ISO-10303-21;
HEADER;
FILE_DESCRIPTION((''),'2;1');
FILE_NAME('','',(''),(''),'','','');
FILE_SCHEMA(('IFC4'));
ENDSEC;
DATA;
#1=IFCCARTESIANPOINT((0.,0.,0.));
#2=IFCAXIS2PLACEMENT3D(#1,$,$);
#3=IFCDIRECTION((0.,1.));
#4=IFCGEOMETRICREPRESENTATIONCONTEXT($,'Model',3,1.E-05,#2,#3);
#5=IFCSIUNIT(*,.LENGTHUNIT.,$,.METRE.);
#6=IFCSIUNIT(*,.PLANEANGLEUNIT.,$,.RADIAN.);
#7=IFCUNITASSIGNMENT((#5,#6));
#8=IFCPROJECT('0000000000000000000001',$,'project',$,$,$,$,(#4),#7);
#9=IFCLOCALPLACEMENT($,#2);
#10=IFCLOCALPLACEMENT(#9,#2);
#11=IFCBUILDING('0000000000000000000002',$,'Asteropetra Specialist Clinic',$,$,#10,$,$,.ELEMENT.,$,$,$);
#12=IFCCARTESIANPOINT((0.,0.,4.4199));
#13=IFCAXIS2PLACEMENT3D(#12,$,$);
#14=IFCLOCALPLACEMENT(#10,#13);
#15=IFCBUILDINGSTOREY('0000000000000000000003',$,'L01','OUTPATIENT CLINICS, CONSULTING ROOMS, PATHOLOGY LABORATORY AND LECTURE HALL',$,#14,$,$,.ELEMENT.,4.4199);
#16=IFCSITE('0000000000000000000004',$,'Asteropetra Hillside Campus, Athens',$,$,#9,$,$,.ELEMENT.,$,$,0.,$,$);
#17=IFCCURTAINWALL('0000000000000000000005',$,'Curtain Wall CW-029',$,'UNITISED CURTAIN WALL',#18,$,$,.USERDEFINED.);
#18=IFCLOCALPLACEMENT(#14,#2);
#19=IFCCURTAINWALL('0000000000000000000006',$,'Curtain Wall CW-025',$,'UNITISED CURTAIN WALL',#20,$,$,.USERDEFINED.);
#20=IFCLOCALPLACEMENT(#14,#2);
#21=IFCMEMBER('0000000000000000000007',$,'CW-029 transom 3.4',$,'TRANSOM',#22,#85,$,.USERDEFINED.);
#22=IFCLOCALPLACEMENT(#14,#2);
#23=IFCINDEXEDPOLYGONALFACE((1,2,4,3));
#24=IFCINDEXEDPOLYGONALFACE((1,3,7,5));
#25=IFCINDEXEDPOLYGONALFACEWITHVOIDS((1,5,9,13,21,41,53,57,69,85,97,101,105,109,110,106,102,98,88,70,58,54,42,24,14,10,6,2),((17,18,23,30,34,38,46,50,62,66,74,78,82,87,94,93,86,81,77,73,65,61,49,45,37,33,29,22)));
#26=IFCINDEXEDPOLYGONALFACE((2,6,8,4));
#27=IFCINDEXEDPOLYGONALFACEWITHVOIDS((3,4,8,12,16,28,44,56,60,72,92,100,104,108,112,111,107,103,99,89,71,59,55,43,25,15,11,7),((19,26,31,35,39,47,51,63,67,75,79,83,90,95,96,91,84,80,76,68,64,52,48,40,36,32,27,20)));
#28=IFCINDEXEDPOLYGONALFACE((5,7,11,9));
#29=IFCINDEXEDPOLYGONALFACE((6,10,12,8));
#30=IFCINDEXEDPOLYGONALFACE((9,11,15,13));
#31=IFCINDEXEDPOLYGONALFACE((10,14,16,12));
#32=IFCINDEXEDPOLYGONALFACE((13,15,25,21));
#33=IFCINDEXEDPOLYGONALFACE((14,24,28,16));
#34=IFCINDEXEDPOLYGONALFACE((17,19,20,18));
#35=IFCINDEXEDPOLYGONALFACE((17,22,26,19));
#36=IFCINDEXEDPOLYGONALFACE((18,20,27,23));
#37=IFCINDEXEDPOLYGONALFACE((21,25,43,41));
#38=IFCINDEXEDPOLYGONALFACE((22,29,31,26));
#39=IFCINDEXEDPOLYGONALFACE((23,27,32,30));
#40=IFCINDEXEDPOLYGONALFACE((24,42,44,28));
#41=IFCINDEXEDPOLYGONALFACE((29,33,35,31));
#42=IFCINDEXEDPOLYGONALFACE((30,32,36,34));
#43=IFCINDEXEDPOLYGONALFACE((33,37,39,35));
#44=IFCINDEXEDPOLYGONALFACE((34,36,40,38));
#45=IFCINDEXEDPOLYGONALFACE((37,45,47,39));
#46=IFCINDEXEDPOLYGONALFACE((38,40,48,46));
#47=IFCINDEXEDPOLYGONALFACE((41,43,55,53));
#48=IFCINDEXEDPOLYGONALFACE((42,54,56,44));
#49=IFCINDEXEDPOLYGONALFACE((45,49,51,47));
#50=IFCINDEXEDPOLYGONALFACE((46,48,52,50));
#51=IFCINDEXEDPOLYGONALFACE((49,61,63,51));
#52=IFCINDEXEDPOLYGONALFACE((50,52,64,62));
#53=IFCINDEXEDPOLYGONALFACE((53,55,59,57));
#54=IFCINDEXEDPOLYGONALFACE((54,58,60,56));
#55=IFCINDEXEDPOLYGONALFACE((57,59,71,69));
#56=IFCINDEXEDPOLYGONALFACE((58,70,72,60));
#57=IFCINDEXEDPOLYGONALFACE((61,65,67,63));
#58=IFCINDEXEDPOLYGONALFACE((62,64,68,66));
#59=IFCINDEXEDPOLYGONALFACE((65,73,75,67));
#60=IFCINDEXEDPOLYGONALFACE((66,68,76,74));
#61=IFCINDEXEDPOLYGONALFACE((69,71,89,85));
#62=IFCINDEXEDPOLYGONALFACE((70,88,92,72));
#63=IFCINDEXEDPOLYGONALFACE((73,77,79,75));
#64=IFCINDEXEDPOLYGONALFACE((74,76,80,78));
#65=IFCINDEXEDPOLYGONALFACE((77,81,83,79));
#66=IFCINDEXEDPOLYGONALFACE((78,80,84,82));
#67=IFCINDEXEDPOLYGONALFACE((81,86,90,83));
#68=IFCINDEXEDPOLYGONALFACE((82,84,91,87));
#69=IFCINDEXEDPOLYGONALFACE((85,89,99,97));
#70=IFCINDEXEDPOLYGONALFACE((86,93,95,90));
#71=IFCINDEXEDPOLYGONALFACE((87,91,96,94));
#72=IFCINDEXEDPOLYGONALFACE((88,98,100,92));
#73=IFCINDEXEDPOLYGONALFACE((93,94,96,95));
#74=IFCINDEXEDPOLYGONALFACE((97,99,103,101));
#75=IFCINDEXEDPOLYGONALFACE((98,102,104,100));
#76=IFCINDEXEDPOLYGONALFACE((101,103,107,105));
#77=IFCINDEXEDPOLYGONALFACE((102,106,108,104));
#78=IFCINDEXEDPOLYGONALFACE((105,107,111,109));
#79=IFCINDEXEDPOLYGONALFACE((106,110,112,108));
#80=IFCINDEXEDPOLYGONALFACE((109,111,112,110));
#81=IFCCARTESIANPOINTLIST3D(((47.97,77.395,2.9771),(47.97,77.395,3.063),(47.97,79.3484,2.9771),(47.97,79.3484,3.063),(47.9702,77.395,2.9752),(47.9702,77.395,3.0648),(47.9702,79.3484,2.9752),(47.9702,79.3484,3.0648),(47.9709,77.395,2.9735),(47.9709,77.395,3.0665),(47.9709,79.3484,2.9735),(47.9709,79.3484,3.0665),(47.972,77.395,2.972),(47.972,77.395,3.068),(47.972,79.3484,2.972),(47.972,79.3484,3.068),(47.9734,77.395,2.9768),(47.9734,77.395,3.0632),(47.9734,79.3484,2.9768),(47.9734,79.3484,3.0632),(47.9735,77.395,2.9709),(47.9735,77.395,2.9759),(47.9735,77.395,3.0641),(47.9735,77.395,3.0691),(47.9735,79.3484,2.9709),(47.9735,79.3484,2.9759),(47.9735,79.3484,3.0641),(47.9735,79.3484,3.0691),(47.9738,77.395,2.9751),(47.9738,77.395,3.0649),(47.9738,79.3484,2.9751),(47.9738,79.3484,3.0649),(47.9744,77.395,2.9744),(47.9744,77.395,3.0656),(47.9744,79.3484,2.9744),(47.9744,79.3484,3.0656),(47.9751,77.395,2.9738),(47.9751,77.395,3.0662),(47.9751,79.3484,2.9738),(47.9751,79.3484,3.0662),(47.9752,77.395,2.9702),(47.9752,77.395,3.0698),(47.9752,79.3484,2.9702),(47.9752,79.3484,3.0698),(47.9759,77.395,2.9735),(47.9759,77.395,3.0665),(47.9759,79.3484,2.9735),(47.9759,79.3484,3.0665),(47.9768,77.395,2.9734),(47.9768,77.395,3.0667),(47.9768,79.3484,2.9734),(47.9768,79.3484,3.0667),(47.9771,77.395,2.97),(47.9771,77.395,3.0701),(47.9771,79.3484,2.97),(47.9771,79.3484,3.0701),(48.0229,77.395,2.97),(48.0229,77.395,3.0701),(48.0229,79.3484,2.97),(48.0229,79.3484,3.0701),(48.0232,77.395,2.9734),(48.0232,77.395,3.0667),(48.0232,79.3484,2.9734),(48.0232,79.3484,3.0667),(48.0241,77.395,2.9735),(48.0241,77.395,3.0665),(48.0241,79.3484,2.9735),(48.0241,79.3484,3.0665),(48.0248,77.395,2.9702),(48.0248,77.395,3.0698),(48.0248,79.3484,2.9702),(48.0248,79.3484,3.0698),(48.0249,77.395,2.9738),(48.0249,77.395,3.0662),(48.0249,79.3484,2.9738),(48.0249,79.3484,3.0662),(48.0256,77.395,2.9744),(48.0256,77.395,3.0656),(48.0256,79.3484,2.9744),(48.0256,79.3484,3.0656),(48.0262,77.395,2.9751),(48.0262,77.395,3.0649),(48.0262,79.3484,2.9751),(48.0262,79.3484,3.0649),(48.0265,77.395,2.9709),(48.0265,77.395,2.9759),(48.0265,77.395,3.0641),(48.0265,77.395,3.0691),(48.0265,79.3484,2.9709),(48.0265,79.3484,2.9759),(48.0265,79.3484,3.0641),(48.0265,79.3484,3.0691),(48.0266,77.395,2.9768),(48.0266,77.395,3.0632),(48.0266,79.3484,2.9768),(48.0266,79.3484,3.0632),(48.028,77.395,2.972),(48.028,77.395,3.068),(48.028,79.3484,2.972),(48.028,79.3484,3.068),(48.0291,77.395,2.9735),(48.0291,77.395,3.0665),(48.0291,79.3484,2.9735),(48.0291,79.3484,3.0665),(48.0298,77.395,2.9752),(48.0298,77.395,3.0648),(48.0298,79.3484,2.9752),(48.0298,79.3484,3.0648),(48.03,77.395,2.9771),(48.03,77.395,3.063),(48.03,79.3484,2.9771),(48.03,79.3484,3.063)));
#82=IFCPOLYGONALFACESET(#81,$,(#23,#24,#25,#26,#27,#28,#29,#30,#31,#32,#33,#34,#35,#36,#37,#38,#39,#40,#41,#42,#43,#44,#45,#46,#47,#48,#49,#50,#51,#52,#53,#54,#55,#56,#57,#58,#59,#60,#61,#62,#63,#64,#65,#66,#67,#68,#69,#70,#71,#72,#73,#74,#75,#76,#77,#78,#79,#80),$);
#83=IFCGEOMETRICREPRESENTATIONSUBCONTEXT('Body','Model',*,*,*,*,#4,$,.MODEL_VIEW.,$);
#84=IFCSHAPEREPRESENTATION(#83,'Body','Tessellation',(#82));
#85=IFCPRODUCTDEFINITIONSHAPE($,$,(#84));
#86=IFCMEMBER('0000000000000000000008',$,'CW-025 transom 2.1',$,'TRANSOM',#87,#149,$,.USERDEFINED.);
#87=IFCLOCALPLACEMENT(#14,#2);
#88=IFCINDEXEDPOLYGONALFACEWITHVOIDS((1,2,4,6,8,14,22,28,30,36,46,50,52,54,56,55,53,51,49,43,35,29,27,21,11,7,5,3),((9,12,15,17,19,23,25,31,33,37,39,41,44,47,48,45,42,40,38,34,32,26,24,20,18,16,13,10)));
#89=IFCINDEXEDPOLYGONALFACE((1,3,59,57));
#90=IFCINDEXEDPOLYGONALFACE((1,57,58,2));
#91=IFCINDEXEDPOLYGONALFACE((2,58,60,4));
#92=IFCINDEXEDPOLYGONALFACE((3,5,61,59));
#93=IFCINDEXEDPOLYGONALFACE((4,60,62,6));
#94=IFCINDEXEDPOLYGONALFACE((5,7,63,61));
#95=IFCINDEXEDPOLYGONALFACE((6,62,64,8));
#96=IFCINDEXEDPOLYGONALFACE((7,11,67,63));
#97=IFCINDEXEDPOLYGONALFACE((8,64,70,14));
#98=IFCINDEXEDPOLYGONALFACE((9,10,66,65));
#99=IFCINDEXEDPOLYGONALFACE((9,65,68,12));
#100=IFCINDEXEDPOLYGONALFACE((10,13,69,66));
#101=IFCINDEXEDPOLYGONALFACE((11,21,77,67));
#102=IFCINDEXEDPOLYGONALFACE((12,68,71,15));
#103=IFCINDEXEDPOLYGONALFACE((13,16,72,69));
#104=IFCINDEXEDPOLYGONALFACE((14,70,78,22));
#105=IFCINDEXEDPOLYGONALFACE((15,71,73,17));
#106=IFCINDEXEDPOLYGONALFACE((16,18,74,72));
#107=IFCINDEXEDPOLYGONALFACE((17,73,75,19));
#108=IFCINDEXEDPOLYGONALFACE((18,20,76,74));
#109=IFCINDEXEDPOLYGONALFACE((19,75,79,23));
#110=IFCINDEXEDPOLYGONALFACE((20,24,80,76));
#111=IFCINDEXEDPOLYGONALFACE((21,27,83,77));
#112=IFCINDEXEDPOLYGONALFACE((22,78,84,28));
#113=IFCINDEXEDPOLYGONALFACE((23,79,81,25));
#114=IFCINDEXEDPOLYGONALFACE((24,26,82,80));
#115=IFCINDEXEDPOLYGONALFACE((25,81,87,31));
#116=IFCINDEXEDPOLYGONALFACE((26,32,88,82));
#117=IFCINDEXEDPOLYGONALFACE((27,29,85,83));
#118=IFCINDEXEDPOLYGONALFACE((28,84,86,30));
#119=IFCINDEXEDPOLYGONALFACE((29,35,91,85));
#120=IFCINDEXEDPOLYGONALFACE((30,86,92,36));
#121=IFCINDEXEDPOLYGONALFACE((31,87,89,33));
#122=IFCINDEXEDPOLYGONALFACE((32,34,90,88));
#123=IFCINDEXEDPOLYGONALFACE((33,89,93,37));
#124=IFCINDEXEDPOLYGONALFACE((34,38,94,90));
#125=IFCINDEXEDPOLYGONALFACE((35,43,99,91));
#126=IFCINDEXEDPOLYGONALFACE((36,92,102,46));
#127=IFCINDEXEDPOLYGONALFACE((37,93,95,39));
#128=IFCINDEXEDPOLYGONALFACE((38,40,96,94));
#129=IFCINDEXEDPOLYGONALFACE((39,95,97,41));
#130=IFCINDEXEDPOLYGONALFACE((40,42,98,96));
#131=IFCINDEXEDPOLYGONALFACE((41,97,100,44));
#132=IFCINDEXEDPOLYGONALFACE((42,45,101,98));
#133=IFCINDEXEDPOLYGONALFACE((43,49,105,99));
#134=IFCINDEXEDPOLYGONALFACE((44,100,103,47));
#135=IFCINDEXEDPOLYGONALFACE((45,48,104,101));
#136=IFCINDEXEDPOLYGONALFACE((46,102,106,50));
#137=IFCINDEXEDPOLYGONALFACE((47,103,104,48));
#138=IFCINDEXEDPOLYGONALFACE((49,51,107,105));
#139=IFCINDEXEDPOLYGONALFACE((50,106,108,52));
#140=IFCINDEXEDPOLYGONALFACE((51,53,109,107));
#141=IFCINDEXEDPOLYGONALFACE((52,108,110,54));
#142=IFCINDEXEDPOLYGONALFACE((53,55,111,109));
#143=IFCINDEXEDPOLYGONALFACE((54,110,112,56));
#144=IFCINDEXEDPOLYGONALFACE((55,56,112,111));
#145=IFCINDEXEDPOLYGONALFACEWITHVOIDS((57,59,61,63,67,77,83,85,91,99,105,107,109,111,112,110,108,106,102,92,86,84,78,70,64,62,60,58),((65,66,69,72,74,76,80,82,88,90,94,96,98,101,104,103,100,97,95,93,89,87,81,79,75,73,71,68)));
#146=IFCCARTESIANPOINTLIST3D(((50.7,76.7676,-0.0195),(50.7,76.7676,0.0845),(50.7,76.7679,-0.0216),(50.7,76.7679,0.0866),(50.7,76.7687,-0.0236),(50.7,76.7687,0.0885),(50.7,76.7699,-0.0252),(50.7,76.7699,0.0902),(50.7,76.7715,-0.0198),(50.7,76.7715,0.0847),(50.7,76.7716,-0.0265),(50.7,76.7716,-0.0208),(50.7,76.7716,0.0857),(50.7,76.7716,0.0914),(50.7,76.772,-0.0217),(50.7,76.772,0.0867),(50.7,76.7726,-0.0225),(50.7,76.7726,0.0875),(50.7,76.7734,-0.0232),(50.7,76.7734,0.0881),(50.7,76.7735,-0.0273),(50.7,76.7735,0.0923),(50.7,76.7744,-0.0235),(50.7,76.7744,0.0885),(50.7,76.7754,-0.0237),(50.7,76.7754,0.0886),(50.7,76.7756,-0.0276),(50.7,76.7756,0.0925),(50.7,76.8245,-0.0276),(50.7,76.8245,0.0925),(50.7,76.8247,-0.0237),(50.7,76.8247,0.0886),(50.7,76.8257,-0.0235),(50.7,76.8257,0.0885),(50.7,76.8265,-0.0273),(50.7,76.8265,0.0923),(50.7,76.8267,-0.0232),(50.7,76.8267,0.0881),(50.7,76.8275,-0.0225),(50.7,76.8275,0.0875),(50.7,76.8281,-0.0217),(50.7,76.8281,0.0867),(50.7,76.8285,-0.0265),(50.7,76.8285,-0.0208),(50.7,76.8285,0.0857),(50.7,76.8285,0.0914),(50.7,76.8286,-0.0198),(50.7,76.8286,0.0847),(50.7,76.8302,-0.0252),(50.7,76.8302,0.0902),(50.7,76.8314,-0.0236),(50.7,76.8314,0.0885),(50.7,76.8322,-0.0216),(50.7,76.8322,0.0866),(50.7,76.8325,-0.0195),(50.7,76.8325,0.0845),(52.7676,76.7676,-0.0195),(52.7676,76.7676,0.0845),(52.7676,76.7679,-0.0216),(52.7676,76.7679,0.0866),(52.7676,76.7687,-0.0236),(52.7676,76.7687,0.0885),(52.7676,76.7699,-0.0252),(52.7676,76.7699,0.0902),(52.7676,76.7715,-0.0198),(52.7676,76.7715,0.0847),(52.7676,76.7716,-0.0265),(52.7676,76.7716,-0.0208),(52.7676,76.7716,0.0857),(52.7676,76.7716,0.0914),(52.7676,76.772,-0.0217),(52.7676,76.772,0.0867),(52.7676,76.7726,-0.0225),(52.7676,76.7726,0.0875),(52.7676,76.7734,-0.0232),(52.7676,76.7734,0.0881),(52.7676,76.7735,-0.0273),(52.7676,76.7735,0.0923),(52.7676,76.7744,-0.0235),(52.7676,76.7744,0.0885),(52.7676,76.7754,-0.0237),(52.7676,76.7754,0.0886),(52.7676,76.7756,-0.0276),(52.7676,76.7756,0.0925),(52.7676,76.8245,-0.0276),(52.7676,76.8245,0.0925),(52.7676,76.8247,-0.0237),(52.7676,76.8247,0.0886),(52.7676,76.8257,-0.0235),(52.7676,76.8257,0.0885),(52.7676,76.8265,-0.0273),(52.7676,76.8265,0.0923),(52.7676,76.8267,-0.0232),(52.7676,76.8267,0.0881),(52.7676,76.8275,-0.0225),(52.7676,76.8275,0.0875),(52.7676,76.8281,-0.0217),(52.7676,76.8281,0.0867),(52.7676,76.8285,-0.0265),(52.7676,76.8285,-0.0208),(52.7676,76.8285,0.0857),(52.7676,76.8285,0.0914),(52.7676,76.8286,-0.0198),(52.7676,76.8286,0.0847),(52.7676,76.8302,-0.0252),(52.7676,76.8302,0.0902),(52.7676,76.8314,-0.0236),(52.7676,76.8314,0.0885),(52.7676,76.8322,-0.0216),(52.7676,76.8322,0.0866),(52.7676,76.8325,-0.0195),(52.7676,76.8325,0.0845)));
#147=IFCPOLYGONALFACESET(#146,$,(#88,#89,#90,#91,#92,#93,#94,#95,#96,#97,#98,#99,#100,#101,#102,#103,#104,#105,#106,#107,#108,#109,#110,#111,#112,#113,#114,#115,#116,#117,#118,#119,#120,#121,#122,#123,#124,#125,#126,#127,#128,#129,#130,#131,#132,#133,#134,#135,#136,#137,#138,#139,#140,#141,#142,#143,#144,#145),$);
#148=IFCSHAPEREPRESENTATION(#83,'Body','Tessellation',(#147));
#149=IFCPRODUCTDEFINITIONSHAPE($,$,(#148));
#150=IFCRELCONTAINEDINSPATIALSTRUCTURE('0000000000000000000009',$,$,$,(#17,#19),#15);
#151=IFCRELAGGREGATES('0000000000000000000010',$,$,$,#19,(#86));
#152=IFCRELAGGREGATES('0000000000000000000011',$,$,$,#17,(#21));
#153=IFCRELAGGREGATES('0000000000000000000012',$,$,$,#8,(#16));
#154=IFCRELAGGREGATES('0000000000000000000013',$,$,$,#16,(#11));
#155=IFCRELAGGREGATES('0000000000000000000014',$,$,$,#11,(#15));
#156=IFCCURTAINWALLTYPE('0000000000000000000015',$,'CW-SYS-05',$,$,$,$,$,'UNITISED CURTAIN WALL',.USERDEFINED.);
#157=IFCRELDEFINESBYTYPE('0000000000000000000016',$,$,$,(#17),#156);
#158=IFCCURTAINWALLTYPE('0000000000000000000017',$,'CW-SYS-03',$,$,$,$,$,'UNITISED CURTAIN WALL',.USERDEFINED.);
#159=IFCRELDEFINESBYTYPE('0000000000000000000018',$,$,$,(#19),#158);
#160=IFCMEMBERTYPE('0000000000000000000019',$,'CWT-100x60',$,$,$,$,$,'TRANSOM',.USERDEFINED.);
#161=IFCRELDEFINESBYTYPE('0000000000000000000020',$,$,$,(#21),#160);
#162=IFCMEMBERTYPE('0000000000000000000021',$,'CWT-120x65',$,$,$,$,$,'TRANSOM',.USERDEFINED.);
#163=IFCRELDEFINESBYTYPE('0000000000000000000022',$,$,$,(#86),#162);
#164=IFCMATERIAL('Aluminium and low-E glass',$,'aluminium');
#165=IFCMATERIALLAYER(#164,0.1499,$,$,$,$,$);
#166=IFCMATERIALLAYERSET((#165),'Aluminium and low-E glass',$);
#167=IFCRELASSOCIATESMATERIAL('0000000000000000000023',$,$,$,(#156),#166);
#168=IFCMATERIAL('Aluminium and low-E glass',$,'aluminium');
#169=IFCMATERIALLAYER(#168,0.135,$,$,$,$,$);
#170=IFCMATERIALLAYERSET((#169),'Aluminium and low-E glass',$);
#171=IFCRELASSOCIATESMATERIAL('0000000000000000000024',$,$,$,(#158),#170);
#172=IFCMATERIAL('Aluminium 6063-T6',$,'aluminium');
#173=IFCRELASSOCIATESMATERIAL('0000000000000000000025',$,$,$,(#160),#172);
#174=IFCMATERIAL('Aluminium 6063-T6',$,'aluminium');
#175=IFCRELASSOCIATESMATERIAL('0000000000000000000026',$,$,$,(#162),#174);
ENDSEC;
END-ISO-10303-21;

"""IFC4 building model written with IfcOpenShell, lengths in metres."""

from ifc_helpers import new_model, si_unit, direction, frame, origin, origin_2d, place, context, subcontext, project, spatial, hollow_rectangle, extrude, material, layer, layer_set, material_profile, profile_set, type_object, element, aggregate, save


model = new_model("IFC4")

# Units and contexts
model_context = context("Model", 3, precision=1e-05, world=origin(), true_north=direction((0.0, 1.0)))
body_context = subcontext(model_context, "Body", "Model", "MODEL_VIEW")
ifc_project = project(units=[si_unit("LENGTHUNIT", "METRE"), si_unit("PLANEANGLEUNIT", "RADIAN")], contexts=[model_context])

# Site, building, storey
site_placement = place(None, origin())
site = spatial("IfcSite", under=ifc_project, at=site_placement, Name="Asteropetra Hillside Campus, Athens", CompositionType="ELEMENT", RefElevation=0.0)
building_placement = place(site_placement, origin())
building = spatial("IfcBuilding", under=site, at=building_placement, Name="Asteropetra Specialist Clinic", CompositionType="ELEMENT")
storey_placement = place(building_placement, frame((0.0, 0.0, 4.4199)))
storey = spatial("IfcBuildingStorey", under=building, at=storey_placement, Name="L01", Description="OUTPATIENT CLINICS, CONSULTING ROOMS, PATHOLOGY LABORATORY AND LECTURE HALL", CompositionType="ELEMENT", Elevation=4.4199)

# Curtain wall
ifc_material_1 = material(Name="Aluminium and low-E glass", Category="aluminium")
ifc_layer_1 = layer(ifc_material_1, 0.1499)
ifc_layer_set_1 = layer_set([ifc_layer_1], Name="Aluminium and low-E glass")
curtain_wall_type_1 = type_object("IfcCurtainWallType", Name="CW-SYS-05", ElementType="UNITISED CURTAIN WALL", PredefinedType="USERDEFINED", material=ifc_layer_set_1)
curtain_wall_1_placement = place(storey_placement, origin())
curtain_wall_1 = element("IfcCurtainWall", 1, at=curtain_wall_1_placement, inside=storey, type_object=curtain_wall_type_1, Name="Curtain Wall CW-029", ObjectType="UNITISED CURTAIN WALL", PredefinedType="USERDEFINED")

# Curtain wall
ifc_material_2 = material(Name="Aluminium and low-E glass", Category="aluminium")
ifc_layer_2 = layer(ifc_material_2, 0.135)
ifc_layer_set_2 = layer_set([ifc_layer_2], Name="Aluminium and low-E glass")
curtain_wall_type_2 = type_object("IfcCurtainWallType", Name="CW-SYS-03", ElementType="UNITISED CURTAIN WALL", PredefinedType="USERDEFINED", material=ifc_layer_set_2)
curtain_wall_2_placement = place(storey_placement, origin())
curtain_wall_2 = element("IfcCurtainWall", 2, at=curtain_wall_2_placement, inside=storey, type_object=curtain_wall_type_2, Name="Curtain Wall CW-025", ObjectType="UNITISED CURTAIN WALL", PredefinedType="USERDEFINED")

# Members
ifc_material_3 = material(Name="Aluminium 6063-T6", Category="aluminium")
ifc_material_profile_1 = material_profile(ifc_material_3, hollow_rectangle(XDim=0.0601, YDim=0.1001, WallThickness=0.0034, InnerFilletRadius=0.0034, OuterFilletRadius=0.0071, at=origin_2d()), Name="TRN 100x60x3.5")
ifc_profile_set_1 = profile_set([ifc_material_profile_1], Name="Aluminium 6063-T6")
member_type_1 = type_object("IfcMemberType", Name="CWT-100x60", ElementType="TRANSOM", PredefinedType="USERDEFINED", material=ifc_profile_set_1)
member_1_placement = place(storey_placement, frame((48.0, 79.3484, 3.02), z_axis=(0.0, -1.0, 0.0), x_axis=(1.0, 0.0, 0.0)))
member_1 = element("IfcMember", 3, at=member_1_placement, type_object=member_type_1, Name="CW-029 transom 3.4", ObjectType="TRANSOM", PredefinedType="USERDEFINED", context=body_context, shape_type="SweptSolid", body=[
    extrude(hollow_rectangle(XDim=0.0601, YDim=0.1001, WallThickness=0.0034, InnerFilletRadius=0.0034, OuterFilletRadius=0.0071, at=origin_2d()), origin(), (0.0, 0.0, 1.0), 1.9534),
])
ifc_material_4 = material(Name="Aluminium 6063-T6", Category="aluminium")
ifc_material_profile_2 = material_profile(ifc_material_4, hollow_rectangle(XDim=0.0649, YDim=0.1201, WallThickness=0.0039, InnerFilletRadius=0.0039, OuterFilletRadius=0.0081, at=origin_2d()), Name="TRN 120x65x4.0")
ifc_profile_set_2 = profile_set([ifc_material_profile_2], Name="Aluminium 6063-T6")
member_type_2 = type_object("IfcMemberType", Name="CWT-120x65", ElementType="TRANSOM", PredefinedType="USERDEFINED", material=ifc_profile_set_2)
member_2_placement = place(storey_placement, frame((50.7, 76.8, 0.0325), z_axis=(1.0, 0.0, 0.0), x_axis=(0.0, 1.0, 0.0)))
member_2 = element("IfcMember", 4, at=member_2_placement, type_object=member_type_2, Name="CW-025 transom 2.1", ObjectType="TRANSOM", PredefinedType="USERDEFINED", context=body_context, shape_type="SweptSolid", body=[
    extrude(hollow_rectangle(XDim=0.0649, YDim=0.1201, WallThickness=0.0039, InnerFilletRadius=0.0039, OuterFilletRadius=0.0081, at=origin_2d()), origin(), (0.0, 0.0, 1.0), 2.0676),
])

aggregate(curtain_wall_2, [member_2])
aggregate(curtain_wall_1, [member_1])

save(model, "model.ifc")
